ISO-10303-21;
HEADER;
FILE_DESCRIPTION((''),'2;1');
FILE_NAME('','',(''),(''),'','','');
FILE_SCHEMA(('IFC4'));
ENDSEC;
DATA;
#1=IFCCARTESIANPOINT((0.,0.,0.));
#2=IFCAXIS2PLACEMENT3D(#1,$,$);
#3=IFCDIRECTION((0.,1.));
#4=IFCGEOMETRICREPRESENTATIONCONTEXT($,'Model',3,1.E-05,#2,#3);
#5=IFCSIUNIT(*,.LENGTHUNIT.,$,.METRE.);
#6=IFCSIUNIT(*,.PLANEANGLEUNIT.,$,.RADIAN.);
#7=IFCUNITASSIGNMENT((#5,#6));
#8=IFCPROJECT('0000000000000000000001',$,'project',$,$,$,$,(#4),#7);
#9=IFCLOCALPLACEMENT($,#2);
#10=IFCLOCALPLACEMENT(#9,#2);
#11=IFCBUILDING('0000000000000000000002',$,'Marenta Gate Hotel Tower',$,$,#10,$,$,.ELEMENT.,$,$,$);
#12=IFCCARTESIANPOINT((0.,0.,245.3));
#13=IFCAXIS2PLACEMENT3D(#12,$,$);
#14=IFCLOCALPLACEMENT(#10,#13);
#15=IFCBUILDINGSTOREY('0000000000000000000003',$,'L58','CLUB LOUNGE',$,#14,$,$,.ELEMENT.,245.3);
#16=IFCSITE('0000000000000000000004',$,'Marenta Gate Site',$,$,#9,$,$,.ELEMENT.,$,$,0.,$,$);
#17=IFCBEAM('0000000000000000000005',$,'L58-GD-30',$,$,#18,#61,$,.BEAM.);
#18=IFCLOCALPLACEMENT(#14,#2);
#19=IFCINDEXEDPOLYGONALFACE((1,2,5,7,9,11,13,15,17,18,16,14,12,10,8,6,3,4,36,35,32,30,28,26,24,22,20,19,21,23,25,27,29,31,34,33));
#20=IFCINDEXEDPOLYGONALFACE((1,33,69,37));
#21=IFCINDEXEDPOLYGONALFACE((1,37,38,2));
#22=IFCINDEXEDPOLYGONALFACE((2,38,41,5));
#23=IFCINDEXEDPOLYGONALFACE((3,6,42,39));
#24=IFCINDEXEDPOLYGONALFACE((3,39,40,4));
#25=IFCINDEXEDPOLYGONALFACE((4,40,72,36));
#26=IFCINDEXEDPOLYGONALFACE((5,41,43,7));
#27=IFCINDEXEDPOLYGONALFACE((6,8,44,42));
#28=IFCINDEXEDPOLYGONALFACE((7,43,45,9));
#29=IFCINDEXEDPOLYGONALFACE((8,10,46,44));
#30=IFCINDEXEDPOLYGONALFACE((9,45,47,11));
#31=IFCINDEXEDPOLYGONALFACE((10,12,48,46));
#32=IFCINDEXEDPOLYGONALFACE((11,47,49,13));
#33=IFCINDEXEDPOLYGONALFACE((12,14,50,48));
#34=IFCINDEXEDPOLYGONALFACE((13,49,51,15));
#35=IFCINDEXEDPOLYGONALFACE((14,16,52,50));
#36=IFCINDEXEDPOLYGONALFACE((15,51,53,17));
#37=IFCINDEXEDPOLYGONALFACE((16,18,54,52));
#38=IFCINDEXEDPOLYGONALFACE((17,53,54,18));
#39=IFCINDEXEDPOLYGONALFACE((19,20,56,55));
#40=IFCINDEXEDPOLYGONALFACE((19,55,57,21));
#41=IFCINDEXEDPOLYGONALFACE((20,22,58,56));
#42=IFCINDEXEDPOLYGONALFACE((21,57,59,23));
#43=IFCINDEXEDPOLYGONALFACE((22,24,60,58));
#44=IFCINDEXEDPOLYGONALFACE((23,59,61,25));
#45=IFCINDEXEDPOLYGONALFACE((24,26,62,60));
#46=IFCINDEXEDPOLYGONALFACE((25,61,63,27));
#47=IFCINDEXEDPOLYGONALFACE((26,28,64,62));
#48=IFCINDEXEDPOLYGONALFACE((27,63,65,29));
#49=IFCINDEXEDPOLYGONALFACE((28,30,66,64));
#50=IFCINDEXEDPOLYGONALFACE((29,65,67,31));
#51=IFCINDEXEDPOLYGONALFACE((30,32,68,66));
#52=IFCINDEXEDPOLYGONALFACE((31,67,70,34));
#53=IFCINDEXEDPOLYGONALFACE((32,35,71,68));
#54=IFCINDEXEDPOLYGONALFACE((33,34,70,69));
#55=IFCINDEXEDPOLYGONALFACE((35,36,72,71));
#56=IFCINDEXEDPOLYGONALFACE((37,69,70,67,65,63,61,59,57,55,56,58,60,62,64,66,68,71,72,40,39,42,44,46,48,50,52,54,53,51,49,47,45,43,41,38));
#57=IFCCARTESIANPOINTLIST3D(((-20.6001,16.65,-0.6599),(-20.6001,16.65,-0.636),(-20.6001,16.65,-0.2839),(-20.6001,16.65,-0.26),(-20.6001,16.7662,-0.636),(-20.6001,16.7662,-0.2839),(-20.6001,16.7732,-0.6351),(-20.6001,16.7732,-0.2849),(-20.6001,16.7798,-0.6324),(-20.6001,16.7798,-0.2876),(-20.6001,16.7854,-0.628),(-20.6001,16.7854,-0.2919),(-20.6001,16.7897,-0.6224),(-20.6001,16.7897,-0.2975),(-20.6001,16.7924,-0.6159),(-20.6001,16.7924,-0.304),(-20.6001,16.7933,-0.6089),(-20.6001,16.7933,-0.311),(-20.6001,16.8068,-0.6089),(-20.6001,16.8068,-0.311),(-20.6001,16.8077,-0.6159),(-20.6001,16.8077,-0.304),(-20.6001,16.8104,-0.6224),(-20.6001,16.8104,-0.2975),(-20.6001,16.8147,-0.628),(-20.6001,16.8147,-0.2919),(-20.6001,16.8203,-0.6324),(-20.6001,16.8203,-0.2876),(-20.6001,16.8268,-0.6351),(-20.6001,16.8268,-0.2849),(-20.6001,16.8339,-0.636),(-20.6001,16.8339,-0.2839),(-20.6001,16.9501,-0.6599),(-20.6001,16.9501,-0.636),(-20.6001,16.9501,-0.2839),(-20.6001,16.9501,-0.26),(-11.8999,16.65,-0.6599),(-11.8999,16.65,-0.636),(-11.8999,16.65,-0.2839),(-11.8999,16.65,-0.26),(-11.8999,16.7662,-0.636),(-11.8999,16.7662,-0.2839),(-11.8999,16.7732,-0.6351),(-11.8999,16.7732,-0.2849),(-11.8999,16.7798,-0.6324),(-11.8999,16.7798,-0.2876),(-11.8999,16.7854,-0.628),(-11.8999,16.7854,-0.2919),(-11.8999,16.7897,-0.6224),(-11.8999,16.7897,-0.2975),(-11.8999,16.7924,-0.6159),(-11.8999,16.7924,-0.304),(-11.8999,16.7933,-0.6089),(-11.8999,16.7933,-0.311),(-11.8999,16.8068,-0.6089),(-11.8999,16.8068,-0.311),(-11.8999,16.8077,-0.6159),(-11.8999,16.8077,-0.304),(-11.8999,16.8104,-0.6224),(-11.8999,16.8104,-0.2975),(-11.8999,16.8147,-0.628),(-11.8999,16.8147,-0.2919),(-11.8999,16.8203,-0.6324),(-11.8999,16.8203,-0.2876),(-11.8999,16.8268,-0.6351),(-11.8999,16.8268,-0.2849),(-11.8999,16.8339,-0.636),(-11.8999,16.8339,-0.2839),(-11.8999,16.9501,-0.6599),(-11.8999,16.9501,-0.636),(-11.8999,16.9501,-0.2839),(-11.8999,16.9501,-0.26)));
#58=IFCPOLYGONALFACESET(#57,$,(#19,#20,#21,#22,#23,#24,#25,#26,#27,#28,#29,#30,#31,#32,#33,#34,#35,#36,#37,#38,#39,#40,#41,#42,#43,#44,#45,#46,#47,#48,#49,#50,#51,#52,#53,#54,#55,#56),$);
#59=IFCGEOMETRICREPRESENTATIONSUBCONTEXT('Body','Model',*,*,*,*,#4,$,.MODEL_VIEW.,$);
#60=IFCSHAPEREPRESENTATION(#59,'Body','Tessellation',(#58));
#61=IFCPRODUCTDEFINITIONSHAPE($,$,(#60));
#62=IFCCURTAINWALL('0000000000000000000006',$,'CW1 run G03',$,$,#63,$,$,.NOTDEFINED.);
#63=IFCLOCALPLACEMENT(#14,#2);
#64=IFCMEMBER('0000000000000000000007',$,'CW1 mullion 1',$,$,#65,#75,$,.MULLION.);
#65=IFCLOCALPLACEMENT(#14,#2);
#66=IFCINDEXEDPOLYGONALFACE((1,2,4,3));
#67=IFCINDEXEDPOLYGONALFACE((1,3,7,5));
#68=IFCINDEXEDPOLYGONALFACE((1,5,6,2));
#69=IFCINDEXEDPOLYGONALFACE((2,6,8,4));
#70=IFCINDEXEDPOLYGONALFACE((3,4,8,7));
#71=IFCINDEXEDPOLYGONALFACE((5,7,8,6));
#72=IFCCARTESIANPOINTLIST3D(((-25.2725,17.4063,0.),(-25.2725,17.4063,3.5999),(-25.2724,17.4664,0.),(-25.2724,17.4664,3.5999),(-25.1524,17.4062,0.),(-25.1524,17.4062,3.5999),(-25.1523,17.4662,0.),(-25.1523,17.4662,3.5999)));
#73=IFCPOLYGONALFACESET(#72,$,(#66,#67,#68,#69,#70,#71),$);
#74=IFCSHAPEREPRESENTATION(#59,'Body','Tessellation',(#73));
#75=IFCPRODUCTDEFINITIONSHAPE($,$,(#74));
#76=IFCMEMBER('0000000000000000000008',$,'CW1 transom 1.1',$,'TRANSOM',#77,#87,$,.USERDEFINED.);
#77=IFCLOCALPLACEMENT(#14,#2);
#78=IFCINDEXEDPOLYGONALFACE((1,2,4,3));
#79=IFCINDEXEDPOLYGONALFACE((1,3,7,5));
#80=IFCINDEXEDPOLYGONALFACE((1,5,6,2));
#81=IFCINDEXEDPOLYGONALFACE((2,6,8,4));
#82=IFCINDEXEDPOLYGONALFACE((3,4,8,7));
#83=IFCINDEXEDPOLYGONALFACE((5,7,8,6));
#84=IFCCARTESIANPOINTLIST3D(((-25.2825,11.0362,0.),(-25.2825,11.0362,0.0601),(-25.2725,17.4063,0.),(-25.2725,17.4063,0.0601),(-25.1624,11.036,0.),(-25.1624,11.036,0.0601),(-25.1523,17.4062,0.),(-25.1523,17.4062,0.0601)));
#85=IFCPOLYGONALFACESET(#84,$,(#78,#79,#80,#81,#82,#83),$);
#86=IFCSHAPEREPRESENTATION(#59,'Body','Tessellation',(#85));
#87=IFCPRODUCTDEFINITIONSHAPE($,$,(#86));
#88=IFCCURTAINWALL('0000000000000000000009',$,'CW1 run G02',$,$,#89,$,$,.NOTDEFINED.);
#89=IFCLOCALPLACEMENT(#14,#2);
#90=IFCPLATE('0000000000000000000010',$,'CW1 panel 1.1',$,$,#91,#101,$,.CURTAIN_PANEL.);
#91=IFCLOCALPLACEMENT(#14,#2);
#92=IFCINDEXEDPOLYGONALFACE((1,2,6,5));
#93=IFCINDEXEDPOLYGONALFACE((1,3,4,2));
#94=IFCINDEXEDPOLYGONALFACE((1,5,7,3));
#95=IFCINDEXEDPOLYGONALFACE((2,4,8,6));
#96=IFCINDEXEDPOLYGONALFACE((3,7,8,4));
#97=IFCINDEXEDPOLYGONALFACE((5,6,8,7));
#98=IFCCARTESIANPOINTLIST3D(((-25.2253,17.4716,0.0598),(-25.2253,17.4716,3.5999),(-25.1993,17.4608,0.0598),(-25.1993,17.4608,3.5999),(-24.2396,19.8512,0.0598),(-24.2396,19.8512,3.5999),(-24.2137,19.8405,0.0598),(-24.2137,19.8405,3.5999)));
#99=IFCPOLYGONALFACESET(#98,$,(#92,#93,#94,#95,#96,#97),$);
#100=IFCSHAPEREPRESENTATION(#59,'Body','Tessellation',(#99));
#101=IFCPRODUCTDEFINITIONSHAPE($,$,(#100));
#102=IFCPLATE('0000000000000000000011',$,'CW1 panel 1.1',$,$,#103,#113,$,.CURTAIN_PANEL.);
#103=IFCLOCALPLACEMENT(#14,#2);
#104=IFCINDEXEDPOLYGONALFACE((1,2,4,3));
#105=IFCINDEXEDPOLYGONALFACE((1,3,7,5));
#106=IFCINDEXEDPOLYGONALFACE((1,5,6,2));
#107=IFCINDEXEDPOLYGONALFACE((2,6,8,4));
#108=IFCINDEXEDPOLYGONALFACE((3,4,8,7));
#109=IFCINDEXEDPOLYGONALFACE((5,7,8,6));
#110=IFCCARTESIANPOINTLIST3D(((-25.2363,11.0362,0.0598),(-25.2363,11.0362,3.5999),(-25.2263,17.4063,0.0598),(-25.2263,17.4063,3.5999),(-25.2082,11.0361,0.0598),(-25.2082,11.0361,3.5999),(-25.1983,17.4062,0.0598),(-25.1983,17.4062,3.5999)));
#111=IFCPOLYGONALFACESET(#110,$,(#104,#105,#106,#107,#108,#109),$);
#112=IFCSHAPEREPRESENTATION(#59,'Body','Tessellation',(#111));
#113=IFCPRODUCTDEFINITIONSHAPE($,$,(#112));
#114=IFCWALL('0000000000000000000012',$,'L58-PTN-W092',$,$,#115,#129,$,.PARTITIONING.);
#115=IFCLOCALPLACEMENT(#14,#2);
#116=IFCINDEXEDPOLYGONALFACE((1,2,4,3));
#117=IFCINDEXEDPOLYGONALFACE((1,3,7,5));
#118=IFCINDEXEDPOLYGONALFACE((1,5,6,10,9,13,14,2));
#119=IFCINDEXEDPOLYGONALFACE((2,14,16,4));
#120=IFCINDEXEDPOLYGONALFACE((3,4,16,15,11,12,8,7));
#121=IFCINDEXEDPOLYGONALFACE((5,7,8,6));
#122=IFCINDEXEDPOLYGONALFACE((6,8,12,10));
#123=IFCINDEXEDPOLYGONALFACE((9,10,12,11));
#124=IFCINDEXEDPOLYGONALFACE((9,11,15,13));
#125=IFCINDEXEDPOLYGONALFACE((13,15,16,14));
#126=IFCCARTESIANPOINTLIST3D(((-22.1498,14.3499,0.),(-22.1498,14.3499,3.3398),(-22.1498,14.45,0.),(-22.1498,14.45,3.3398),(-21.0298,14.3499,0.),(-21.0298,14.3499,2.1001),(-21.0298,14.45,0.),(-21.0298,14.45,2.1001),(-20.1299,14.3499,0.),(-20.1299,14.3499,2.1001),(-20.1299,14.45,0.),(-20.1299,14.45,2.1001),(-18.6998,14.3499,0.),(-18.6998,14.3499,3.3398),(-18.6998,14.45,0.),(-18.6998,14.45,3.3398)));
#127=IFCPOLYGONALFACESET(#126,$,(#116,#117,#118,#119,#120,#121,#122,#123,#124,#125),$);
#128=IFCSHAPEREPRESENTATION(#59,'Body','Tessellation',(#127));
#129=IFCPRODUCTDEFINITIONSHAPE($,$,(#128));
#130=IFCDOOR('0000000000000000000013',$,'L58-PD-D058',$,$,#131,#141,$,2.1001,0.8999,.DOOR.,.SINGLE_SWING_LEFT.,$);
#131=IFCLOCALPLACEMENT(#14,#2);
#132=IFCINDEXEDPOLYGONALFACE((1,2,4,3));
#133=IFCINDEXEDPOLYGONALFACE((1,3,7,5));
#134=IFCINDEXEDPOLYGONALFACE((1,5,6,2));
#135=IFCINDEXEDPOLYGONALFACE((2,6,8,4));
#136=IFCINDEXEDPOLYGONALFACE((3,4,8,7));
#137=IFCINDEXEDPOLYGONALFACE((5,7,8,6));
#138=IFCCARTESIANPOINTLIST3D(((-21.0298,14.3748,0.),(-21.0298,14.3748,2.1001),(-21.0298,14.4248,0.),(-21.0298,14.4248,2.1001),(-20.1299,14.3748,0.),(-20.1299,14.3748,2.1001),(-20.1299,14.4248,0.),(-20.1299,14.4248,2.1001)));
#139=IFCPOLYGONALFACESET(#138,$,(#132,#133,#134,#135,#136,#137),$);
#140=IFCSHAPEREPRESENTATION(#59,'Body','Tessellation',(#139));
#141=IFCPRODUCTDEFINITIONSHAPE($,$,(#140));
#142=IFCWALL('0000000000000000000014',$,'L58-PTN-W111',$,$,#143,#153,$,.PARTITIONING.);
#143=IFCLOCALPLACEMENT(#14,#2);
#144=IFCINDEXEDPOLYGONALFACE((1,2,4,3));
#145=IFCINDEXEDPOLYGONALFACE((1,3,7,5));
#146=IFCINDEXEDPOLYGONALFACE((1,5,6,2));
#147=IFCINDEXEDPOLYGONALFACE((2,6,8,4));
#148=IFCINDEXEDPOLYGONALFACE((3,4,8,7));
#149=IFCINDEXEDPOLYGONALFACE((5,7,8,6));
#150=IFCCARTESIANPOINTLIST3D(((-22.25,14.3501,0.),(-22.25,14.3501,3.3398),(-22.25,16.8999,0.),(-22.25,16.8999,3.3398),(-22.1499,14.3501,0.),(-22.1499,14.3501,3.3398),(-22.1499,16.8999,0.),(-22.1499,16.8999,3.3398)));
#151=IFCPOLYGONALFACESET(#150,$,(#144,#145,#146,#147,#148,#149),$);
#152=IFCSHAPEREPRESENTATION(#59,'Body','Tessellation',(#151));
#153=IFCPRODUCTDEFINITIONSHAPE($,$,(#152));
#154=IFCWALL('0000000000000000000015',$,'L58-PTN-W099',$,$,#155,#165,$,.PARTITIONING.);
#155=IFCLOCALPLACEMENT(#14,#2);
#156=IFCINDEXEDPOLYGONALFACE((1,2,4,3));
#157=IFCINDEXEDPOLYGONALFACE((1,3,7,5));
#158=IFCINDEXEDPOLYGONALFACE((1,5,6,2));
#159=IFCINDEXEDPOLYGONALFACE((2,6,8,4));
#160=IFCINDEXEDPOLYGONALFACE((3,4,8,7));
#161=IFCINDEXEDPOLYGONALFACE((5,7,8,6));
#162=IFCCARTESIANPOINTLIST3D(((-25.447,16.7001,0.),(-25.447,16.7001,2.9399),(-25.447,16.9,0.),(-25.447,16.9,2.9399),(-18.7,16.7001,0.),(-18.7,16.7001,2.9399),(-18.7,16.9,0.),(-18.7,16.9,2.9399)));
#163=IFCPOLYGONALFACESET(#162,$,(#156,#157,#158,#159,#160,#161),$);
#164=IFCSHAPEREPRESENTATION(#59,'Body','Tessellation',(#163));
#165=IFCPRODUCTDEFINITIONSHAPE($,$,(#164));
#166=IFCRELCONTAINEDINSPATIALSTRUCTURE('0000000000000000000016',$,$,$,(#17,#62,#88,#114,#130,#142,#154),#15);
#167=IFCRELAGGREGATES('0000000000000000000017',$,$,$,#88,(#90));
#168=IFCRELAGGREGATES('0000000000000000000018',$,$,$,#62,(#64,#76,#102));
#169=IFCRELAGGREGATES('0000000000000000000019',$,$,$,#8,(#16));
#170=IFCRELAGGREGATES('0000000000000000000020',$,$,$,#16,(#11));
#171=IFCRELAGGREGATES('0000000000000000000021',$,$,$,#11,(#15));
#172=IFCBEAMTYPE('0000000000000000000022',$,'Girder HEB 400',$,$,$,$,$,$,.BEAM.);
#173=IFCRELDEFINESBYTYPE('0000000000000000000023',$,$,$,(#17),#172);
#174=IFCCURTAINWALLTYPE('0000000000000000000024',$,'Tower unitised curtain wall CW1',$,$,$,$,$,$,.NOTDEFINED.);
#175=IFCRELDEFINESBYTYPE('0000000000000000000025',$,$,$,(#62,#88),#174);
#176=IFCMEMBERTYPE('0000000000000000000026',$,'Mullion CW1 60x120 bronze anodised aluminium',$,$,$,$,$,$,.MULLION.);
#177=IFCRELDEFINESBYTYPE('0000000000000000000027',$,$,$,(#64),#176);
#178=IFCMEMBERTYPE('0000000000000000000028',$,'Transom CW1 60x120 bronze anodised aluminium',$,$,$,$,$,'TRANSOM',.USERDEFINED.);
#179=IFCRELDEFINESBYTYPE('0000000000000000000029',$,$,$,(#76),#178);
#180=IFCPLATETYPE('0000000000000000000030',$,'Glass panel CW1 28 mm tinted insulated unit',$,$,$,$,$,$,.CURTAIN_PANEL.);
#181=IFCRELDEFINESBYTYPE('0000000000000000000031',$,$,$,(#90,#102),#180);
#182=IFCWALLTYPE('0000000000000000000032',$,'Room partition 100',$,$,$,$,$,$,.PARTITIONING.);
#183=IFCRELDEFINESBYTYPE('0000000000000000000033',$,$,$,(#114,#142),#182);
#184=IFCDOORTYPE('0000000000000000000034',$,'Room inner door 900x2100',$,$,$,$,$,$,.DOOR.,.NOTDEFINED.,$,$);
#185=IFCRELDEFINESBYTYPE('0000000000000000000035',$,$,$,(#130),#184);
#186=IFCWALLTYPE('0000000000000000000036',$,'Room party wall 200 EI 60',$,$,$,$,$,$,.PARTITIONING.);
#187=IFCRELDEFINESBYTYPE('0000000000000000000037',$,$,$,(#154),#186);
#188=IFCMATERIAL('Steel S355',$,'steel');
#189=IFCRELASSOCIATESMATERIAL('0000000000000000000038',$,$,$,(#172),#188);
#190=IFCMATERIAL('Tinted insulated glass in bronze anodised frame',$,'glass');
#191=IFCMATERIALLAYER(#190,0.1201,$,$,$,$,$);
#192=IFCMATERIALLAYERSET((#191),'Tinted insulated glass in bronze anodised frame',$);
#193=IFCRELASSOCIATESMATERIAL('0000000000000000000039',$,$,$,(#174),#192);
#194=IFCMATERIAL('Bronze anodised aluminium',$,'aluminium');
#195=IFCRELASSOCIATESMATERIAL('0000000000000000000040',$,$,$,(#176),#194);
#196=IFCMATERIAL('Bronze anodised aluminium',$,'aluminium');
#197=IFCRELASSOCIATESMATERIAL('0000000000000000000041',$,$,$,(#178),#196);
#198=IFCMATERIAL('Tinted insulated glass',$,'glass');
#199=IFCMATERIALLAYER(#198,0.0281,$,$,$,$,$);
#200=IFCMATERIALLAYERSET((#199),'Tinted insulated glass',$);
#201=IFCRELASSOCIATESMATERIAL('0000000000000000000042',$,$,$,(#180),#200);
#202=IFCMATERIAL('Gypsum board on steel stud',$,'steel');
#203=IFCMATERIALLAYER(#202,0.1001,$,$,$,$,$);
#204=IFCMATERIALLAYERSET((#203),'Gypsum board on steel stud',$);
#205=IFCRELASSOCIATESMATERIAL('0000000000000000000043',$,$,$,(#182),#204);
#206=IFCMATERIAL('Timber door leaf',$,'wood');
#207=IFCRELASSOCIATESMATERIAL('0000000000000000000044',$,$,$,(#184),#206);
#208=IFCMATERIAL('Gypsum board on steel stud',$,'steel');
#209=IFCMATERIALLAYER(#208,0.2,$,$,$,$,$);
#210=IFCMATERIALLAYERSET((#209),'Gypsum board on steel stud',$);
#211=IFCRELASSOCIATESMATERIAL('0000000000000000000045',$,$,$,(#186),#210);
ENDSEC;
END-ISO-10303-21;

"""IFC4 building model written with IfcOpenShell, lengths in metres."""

from ifc_helpers import new_model, si_unit, direction, frame, frame_2d, origin, origin_2d, place, context, subcontext, project, spatial, rectangle, i_section, extrude, material, layer, layer_set, material_profile, profile_set, type_object, element, fill, aggregate, save


model = new_model("IFC4")

# Units and contexts
model_context = context("Model", 3, precision=1e-05, world=origin(), true_north=direction((0.0, 1.0)))
body_context = subcontext(model_context, "Body", "Model", "MODEL_VIEW")
ifc_project = project(units=[si_unit("LENGTHUNIT", "METRE"), si_unit("PLANEANGLEUNIT", "RADIAN")], contexts=[model_context])

# Site, building, storey
site_placement = place(None, origin())
site = spatial("IfcSite", under=ifc_project, at=site_placement, Name="Marenta Gate Site", CompositionType="ELEMENT", RefElevation=0.0)
building_placement = place(site_placement, origin())
building = spatial("IfcBuilding", under=site, at=building_placement, Name="Marenta Gate Hotel Tower", CompositionType="ELEMENT")
storey_placement = place(building_placement, frame((0.0, 0.0, 245.3)))
storey = spatial("IfcBuildingStorey", under=building, at=storey_placement, Name="L58", Description="CLUB LOUNGE", CompositionType="ELEMENT", Elevation=245.3)

# Beam
ifc_material_1 = material(Name="Steel S355", Category="steel")
ifc_material_profile_1 = material_profile(ifc_material_1, i_section(OverallWidth=0.3, OverallDepth=0.3999, WebThickness=0.0134, FlangeThickness=0.0239, FilletRadius=0.0271, at=origin_2d()), Name="HEB 400")
ifc_profile_set_1 = profile_set([ifc_material_profile_1], Name="Steel S355")
beam_type_1 = type_object("IfcBeamType", Name="Girder HEB 400", PredefinedType="BEAM", material=ifc_profile_set_1)
beam_1_placement = place(storey_placement, frame((-20.6001, 16.8, -0.46), z_axis=(1.0, 0.0, 0.0), x_axis=(0.0, 1.0, 0.0)))
element("IfcBeam", 1, at=beam_1_placement, inside=storey, type_object=beam_type_1, Name="L58-GD-30", PredefinedType="BEAM", context=body_context, shape_type="SweptSolid", body=[
    extrude(i_section(OverallWidth=0.3, OverallDepth=0.3999, WebThickness=0.0134, FlangeThickness=0.0239, FilletRadius=0.0271, at=origin_2d()), origin(), (0.0, 0.0, 1.0), 8.7002),
])

# Curtain wall, members
ifc_material_2 = material(Name="Tinted insulated glass in bronze anodised frame", Category="glass")
ifc_layer_1 = layer(ifc_material_2, 0.1201)
ifc_layer_set_1 = layer_set([ifc_layer_1], Name="Tinted insulated glass in bronze anodised frame")
curtain_wall_type = type_object("IfcCurtainWallType", Name="Tower unitised curtain wall CW1", PredefinedType="NOTDEFINED", material=ifc_layer_set_1)
curtain_wall_1_placement = place(storey_placement, origin())
curtain_wall_1 = element("IfcCurtainWall", 2, at=curtain_wall_1_placement, inside=storey, type_object=curtain_wall_type, Name="CW1 run G03", PredefinedType="NOTDEFINED")
ifc_material_3 = material(Name="Bronze anodised aluminium", Category="aluminium")
ifc_material_profile_2 = material_profile(ifc_material_3, rectangle(XDim=0.1201, YDim=0.0601, at=origin_2d()), Name="Mullion CW1 60x120 bronze anodised aluminium")
ifc_profile_set_2 = profile_set([ifc_material_profile_2], Name="Bronze anodised aluminium")
member_type_1 = type_object("IfcMemberType", Name="Mullion CW1 60x120 bronze anodised aluminium", PredefinedType="MULLION", material=ifc_profile_set_2)
member_1_placement = place(storey_placement, frame((-25.2124, 17.4363, 0.0), z_axis=(0.0, 0.0, 1.0), x_axis=(0.999999, -0.001566, 0.0)))
member_1 = element("IfcMember", 3, at=member_1_placement, type_object=member_type_1, Name="CW1 mullion 1", PredefinedType="MULLION", context=body_context, shape_type="SweptSolid", body=[
    extrude(rectangle(XDim=0.1201, YDim=0.0601, at=origin_2d()), origin(), (0.0, 0.0, 1.0), 3.5999),
])
ifc_material_4 = material(Name="Bronze anodised aluminium", Category="aluminium")
ifc_material_profile_3 = material_profile(ifc_material_4, rectangle(XDim=0.1201, YDim=0.0601, at=origin_2d()), Name="Transom CW1 60x120 bronze anodised aluminium")
ifc_profile_set_3 = profile_set([ifc_material_profile_3], Name="Bronze anodised aluminium")
member_type_2 = type_object("IfcMemberType", Name="Transom CW1 60x120 bronze anodised aluminium", ElementType="TRANSOM", PredefinedType="USERDEFINED", material=ifc_profile_set_3)
member_2_placement = place(storey_placement, frame((-25.2124, 17.4062, 0.03), z_axis=(-0.001571, -0.999999, 0.0), x_axis=(0.999999, -0.001571, 0.0)))
member_2 = element("IfcMember", 4, at=member_2_placement, type_object=member_type_2, Name="CW1 transom 1.1", ObjectType="TRANSOM", PredefinedType="USERDEFINED", context=body_context, shape_type="SweptSolid", body=[
    extrude(rectangle(XDim=0.1201, YDim=0.0601, at=origin_2d()), origin(), (0.0, 0.0, 1.0), 6.3701),
])

# Curtain wall, plate
curtain_wall_2_placement = place(storey_placement, origin())
curtain_wall_2 = element("IfcCurtainWall", 5, at=curtain_wall_2_placement, inside=storey, type_object=curtain_wall_type, Name="CW1 run G02", PredefinedType="NOTDEFINED")
ifc_material_5 = material(Name="Tinted insulated glass", Category="glass")
ifc_layer_2 = layer(ifc_material_5, 0.0281)
ifc_layer_set_2 = layer_set([ifc_layer_2], Name="Tinted insulated glass")
plate_type = type_object("IfcPlateType", Name="Glass panel CW1 28 mm tinted insulated unit", PredefinedType="CURTAIN_PANEL", material=ifc_layer_set_2)
plate_1_placement = place(storey_placement, frame((-24.7195, 18.656, 0.0598), z_axis=(0.0, 0.0, 1.0), x_axis=(-0.382667, -0.923886, 0.0)))
plate_1 = element("IfcPlate", 6, at=plate_1_placement, type_object=plate_type, Name="CW1 panel 1.1", PredefinedType="CURTAIN_PANEL", context=body_context, shape_type="SweptSolid", body=[
    extrude(rectangle(XDim=2.5757, YDim=0.0281, at=origin_2d()), origin(), (0.0, 0.0, 1.0), 3.54),
])
aggregate(curtain_wall_2, [plate_1])

# Plate
plate_2_placement = place(storey_placement, frame((-25.2173, 14.2212, 0.0598), z_axis=(0.0, 0.0, 1.0), x_axis=(-0.001566, -0.999999, 0.0)))
plate_2 = element("IfcPlate", 7, at=plate_2_placement, type_object=plate_type, Name="CW1 panel 1.1", PredefinedType="CURTAIN_PANEL", context=body_context, shape_type="SweptSolid", body=[
    extrude(rectangle(XDim=6.3701, YDim=0.0281, at=origin_2d()), origin(), (0.0, 0.0, 1.0), 3.54),
])
aggregate(curtain_wall_1, [member_1, member_2, plate_2])

# Wall, opening, door
ifc_material_6 = material(Name="Gypsum board on steel stud", Category="steel")
ifc_layer_3 = layer(ifc_material_6, 0.1001)
ifc_layer_set_3 = layer_set([ifc_layer_3], Name="Gypsum board on steel stud")
wall_type_1 = type_object("IfcWallType", Name="Room partition 100", PredefinedType="PARTITIONING", material=ifc_layer_set_3)
wall_1_placement = place(storey_placement, frame((-22.1499, 14.3999, 0.0), z_axis=(0.0, 0.0, 1.0), x_axis=(1.0, 0.0, 0.0)))
wall_1 = element("IfcWall", 8, at=wall_1_placement, inside=storey, type_object=wall_type_1, Name="L58-PTN-W092", PredefinedType="PARTITIONING", context=body_context, shape_type="SweptSolid", body=[
    extrude(rectangle(XDim=3.45, YDim=0.1001, at=frame_2d((1.7251, 0.0))), origin(), (0.0, 0.0, 1.0), 3.3398),
])
opening_1_placement = place(wall_1_placement, frame((1.1201, 0.0, 0.0)))
opening_1 = element("IfcOpeningElement", 9, at=opening_1_placement, cuts=wall_1, PredefinedType="OPENING", context=body_context, shape_type="SweptSolid", body=[
    extrude(rectangle(XDim=0.8999, YDim=2.1001, at=frame_2d((0.45, 1.05))), frame((0.0, 0.05, 0.0), z_axis=(0.0, -1.0, 0.0), x_axis=(1.0, 0.0, 0.0)), (0.0, 0.0, 1.0), 0.1001),
])
ifc_material_7 = material(Name="Timber door leaf", Category="wood")
door_type_1 = type_object("IfcDoorType", Name="Room inner door 900x2100", OperationType="NOTDEFINED", PredefinedType="DOOR", material=ifc_material_7)
door_1_placement = place(opening_1_placement, origin())
door_1 = element("IfcDoor", 10, at=door_1_placement, inside=storey, type_object=door_type_1, Name="L58-PD-D058", OperationType="SINGLE_SWING_LEFT", OverallHeight=2.1001, OverallWidth=0.8999, PredefinedType="DOOR", context=body_context, shape_type="SweptSolid", body=[
    extrude(rectangle(XDim=0.8999, YDim=2.1001, at=frame_2d((0.45, 1.05))), frame((0.0, 0.0249, 0.0), z_axis=(0.0, -1.0, 0.0), x_axis=(1.0, 0.0, 0.0)), (0.0, 0.0, 1.0), 0.05),
])
fill(opening_1, door_1)

# Walls
wall_2_placement = place(storey_placement, frame((-22.2, 14.3501, 0.0), z_axis=(0.0, 0.0, 1.0), x_axis=(0.0, 1.0, 0.0)))
element("IfcWall", 11, at=wall_2_placement, inside=storey, type_object=wall_type_1, Name="L58-PTN-W111", PredefinedType="PARTITIONING", context=body_context, shape_type="SweptSolid", body=[
    extrude(rectangle(XDim=2.5498, YDim=0.1001, at=frame_2d((1.2749, 0.0))), origin(), (0.0, 0.0, 1.0), 3.3398),
])
ifc_material_8 = material(Name="Gypsum board on steel stud", Category="steel")
ifc_layer_4 = layer(ifc_material_8, 0.2)
ifc_layer_set_4 = layer_set([ifc_layer_4], Name="Gypsum board on steel stud")
wall_type_2 = type_object("IfcWallType", Name="Room party wall 200 EI 60", PredefinedType="PARTITIONING", material=ifc_layer_set_4)
wall_3_placement = place(storey_placement, frame((-25.447, 16.8, 0.0), z_axis=(0.0, 0.0, 1.0), x_axis=(1.0, 0.0, 0.0)))
element("IfcWall", 12, at=wall_3_placement, inside=storey, type_object=wall_type_2, Name="L58-PTN-W099", PredefinedType="PARTITIONING", context=body_context, shape_type="SweptSolid", body=[
    extrude(rectangle(XDim=6.7471, YDim=0.2, at=frame_2d((3.3735, 0.0))), origin(), (0.0, 0.0, 1.0), 2.9399),
])

save(model, "model.ifc")
